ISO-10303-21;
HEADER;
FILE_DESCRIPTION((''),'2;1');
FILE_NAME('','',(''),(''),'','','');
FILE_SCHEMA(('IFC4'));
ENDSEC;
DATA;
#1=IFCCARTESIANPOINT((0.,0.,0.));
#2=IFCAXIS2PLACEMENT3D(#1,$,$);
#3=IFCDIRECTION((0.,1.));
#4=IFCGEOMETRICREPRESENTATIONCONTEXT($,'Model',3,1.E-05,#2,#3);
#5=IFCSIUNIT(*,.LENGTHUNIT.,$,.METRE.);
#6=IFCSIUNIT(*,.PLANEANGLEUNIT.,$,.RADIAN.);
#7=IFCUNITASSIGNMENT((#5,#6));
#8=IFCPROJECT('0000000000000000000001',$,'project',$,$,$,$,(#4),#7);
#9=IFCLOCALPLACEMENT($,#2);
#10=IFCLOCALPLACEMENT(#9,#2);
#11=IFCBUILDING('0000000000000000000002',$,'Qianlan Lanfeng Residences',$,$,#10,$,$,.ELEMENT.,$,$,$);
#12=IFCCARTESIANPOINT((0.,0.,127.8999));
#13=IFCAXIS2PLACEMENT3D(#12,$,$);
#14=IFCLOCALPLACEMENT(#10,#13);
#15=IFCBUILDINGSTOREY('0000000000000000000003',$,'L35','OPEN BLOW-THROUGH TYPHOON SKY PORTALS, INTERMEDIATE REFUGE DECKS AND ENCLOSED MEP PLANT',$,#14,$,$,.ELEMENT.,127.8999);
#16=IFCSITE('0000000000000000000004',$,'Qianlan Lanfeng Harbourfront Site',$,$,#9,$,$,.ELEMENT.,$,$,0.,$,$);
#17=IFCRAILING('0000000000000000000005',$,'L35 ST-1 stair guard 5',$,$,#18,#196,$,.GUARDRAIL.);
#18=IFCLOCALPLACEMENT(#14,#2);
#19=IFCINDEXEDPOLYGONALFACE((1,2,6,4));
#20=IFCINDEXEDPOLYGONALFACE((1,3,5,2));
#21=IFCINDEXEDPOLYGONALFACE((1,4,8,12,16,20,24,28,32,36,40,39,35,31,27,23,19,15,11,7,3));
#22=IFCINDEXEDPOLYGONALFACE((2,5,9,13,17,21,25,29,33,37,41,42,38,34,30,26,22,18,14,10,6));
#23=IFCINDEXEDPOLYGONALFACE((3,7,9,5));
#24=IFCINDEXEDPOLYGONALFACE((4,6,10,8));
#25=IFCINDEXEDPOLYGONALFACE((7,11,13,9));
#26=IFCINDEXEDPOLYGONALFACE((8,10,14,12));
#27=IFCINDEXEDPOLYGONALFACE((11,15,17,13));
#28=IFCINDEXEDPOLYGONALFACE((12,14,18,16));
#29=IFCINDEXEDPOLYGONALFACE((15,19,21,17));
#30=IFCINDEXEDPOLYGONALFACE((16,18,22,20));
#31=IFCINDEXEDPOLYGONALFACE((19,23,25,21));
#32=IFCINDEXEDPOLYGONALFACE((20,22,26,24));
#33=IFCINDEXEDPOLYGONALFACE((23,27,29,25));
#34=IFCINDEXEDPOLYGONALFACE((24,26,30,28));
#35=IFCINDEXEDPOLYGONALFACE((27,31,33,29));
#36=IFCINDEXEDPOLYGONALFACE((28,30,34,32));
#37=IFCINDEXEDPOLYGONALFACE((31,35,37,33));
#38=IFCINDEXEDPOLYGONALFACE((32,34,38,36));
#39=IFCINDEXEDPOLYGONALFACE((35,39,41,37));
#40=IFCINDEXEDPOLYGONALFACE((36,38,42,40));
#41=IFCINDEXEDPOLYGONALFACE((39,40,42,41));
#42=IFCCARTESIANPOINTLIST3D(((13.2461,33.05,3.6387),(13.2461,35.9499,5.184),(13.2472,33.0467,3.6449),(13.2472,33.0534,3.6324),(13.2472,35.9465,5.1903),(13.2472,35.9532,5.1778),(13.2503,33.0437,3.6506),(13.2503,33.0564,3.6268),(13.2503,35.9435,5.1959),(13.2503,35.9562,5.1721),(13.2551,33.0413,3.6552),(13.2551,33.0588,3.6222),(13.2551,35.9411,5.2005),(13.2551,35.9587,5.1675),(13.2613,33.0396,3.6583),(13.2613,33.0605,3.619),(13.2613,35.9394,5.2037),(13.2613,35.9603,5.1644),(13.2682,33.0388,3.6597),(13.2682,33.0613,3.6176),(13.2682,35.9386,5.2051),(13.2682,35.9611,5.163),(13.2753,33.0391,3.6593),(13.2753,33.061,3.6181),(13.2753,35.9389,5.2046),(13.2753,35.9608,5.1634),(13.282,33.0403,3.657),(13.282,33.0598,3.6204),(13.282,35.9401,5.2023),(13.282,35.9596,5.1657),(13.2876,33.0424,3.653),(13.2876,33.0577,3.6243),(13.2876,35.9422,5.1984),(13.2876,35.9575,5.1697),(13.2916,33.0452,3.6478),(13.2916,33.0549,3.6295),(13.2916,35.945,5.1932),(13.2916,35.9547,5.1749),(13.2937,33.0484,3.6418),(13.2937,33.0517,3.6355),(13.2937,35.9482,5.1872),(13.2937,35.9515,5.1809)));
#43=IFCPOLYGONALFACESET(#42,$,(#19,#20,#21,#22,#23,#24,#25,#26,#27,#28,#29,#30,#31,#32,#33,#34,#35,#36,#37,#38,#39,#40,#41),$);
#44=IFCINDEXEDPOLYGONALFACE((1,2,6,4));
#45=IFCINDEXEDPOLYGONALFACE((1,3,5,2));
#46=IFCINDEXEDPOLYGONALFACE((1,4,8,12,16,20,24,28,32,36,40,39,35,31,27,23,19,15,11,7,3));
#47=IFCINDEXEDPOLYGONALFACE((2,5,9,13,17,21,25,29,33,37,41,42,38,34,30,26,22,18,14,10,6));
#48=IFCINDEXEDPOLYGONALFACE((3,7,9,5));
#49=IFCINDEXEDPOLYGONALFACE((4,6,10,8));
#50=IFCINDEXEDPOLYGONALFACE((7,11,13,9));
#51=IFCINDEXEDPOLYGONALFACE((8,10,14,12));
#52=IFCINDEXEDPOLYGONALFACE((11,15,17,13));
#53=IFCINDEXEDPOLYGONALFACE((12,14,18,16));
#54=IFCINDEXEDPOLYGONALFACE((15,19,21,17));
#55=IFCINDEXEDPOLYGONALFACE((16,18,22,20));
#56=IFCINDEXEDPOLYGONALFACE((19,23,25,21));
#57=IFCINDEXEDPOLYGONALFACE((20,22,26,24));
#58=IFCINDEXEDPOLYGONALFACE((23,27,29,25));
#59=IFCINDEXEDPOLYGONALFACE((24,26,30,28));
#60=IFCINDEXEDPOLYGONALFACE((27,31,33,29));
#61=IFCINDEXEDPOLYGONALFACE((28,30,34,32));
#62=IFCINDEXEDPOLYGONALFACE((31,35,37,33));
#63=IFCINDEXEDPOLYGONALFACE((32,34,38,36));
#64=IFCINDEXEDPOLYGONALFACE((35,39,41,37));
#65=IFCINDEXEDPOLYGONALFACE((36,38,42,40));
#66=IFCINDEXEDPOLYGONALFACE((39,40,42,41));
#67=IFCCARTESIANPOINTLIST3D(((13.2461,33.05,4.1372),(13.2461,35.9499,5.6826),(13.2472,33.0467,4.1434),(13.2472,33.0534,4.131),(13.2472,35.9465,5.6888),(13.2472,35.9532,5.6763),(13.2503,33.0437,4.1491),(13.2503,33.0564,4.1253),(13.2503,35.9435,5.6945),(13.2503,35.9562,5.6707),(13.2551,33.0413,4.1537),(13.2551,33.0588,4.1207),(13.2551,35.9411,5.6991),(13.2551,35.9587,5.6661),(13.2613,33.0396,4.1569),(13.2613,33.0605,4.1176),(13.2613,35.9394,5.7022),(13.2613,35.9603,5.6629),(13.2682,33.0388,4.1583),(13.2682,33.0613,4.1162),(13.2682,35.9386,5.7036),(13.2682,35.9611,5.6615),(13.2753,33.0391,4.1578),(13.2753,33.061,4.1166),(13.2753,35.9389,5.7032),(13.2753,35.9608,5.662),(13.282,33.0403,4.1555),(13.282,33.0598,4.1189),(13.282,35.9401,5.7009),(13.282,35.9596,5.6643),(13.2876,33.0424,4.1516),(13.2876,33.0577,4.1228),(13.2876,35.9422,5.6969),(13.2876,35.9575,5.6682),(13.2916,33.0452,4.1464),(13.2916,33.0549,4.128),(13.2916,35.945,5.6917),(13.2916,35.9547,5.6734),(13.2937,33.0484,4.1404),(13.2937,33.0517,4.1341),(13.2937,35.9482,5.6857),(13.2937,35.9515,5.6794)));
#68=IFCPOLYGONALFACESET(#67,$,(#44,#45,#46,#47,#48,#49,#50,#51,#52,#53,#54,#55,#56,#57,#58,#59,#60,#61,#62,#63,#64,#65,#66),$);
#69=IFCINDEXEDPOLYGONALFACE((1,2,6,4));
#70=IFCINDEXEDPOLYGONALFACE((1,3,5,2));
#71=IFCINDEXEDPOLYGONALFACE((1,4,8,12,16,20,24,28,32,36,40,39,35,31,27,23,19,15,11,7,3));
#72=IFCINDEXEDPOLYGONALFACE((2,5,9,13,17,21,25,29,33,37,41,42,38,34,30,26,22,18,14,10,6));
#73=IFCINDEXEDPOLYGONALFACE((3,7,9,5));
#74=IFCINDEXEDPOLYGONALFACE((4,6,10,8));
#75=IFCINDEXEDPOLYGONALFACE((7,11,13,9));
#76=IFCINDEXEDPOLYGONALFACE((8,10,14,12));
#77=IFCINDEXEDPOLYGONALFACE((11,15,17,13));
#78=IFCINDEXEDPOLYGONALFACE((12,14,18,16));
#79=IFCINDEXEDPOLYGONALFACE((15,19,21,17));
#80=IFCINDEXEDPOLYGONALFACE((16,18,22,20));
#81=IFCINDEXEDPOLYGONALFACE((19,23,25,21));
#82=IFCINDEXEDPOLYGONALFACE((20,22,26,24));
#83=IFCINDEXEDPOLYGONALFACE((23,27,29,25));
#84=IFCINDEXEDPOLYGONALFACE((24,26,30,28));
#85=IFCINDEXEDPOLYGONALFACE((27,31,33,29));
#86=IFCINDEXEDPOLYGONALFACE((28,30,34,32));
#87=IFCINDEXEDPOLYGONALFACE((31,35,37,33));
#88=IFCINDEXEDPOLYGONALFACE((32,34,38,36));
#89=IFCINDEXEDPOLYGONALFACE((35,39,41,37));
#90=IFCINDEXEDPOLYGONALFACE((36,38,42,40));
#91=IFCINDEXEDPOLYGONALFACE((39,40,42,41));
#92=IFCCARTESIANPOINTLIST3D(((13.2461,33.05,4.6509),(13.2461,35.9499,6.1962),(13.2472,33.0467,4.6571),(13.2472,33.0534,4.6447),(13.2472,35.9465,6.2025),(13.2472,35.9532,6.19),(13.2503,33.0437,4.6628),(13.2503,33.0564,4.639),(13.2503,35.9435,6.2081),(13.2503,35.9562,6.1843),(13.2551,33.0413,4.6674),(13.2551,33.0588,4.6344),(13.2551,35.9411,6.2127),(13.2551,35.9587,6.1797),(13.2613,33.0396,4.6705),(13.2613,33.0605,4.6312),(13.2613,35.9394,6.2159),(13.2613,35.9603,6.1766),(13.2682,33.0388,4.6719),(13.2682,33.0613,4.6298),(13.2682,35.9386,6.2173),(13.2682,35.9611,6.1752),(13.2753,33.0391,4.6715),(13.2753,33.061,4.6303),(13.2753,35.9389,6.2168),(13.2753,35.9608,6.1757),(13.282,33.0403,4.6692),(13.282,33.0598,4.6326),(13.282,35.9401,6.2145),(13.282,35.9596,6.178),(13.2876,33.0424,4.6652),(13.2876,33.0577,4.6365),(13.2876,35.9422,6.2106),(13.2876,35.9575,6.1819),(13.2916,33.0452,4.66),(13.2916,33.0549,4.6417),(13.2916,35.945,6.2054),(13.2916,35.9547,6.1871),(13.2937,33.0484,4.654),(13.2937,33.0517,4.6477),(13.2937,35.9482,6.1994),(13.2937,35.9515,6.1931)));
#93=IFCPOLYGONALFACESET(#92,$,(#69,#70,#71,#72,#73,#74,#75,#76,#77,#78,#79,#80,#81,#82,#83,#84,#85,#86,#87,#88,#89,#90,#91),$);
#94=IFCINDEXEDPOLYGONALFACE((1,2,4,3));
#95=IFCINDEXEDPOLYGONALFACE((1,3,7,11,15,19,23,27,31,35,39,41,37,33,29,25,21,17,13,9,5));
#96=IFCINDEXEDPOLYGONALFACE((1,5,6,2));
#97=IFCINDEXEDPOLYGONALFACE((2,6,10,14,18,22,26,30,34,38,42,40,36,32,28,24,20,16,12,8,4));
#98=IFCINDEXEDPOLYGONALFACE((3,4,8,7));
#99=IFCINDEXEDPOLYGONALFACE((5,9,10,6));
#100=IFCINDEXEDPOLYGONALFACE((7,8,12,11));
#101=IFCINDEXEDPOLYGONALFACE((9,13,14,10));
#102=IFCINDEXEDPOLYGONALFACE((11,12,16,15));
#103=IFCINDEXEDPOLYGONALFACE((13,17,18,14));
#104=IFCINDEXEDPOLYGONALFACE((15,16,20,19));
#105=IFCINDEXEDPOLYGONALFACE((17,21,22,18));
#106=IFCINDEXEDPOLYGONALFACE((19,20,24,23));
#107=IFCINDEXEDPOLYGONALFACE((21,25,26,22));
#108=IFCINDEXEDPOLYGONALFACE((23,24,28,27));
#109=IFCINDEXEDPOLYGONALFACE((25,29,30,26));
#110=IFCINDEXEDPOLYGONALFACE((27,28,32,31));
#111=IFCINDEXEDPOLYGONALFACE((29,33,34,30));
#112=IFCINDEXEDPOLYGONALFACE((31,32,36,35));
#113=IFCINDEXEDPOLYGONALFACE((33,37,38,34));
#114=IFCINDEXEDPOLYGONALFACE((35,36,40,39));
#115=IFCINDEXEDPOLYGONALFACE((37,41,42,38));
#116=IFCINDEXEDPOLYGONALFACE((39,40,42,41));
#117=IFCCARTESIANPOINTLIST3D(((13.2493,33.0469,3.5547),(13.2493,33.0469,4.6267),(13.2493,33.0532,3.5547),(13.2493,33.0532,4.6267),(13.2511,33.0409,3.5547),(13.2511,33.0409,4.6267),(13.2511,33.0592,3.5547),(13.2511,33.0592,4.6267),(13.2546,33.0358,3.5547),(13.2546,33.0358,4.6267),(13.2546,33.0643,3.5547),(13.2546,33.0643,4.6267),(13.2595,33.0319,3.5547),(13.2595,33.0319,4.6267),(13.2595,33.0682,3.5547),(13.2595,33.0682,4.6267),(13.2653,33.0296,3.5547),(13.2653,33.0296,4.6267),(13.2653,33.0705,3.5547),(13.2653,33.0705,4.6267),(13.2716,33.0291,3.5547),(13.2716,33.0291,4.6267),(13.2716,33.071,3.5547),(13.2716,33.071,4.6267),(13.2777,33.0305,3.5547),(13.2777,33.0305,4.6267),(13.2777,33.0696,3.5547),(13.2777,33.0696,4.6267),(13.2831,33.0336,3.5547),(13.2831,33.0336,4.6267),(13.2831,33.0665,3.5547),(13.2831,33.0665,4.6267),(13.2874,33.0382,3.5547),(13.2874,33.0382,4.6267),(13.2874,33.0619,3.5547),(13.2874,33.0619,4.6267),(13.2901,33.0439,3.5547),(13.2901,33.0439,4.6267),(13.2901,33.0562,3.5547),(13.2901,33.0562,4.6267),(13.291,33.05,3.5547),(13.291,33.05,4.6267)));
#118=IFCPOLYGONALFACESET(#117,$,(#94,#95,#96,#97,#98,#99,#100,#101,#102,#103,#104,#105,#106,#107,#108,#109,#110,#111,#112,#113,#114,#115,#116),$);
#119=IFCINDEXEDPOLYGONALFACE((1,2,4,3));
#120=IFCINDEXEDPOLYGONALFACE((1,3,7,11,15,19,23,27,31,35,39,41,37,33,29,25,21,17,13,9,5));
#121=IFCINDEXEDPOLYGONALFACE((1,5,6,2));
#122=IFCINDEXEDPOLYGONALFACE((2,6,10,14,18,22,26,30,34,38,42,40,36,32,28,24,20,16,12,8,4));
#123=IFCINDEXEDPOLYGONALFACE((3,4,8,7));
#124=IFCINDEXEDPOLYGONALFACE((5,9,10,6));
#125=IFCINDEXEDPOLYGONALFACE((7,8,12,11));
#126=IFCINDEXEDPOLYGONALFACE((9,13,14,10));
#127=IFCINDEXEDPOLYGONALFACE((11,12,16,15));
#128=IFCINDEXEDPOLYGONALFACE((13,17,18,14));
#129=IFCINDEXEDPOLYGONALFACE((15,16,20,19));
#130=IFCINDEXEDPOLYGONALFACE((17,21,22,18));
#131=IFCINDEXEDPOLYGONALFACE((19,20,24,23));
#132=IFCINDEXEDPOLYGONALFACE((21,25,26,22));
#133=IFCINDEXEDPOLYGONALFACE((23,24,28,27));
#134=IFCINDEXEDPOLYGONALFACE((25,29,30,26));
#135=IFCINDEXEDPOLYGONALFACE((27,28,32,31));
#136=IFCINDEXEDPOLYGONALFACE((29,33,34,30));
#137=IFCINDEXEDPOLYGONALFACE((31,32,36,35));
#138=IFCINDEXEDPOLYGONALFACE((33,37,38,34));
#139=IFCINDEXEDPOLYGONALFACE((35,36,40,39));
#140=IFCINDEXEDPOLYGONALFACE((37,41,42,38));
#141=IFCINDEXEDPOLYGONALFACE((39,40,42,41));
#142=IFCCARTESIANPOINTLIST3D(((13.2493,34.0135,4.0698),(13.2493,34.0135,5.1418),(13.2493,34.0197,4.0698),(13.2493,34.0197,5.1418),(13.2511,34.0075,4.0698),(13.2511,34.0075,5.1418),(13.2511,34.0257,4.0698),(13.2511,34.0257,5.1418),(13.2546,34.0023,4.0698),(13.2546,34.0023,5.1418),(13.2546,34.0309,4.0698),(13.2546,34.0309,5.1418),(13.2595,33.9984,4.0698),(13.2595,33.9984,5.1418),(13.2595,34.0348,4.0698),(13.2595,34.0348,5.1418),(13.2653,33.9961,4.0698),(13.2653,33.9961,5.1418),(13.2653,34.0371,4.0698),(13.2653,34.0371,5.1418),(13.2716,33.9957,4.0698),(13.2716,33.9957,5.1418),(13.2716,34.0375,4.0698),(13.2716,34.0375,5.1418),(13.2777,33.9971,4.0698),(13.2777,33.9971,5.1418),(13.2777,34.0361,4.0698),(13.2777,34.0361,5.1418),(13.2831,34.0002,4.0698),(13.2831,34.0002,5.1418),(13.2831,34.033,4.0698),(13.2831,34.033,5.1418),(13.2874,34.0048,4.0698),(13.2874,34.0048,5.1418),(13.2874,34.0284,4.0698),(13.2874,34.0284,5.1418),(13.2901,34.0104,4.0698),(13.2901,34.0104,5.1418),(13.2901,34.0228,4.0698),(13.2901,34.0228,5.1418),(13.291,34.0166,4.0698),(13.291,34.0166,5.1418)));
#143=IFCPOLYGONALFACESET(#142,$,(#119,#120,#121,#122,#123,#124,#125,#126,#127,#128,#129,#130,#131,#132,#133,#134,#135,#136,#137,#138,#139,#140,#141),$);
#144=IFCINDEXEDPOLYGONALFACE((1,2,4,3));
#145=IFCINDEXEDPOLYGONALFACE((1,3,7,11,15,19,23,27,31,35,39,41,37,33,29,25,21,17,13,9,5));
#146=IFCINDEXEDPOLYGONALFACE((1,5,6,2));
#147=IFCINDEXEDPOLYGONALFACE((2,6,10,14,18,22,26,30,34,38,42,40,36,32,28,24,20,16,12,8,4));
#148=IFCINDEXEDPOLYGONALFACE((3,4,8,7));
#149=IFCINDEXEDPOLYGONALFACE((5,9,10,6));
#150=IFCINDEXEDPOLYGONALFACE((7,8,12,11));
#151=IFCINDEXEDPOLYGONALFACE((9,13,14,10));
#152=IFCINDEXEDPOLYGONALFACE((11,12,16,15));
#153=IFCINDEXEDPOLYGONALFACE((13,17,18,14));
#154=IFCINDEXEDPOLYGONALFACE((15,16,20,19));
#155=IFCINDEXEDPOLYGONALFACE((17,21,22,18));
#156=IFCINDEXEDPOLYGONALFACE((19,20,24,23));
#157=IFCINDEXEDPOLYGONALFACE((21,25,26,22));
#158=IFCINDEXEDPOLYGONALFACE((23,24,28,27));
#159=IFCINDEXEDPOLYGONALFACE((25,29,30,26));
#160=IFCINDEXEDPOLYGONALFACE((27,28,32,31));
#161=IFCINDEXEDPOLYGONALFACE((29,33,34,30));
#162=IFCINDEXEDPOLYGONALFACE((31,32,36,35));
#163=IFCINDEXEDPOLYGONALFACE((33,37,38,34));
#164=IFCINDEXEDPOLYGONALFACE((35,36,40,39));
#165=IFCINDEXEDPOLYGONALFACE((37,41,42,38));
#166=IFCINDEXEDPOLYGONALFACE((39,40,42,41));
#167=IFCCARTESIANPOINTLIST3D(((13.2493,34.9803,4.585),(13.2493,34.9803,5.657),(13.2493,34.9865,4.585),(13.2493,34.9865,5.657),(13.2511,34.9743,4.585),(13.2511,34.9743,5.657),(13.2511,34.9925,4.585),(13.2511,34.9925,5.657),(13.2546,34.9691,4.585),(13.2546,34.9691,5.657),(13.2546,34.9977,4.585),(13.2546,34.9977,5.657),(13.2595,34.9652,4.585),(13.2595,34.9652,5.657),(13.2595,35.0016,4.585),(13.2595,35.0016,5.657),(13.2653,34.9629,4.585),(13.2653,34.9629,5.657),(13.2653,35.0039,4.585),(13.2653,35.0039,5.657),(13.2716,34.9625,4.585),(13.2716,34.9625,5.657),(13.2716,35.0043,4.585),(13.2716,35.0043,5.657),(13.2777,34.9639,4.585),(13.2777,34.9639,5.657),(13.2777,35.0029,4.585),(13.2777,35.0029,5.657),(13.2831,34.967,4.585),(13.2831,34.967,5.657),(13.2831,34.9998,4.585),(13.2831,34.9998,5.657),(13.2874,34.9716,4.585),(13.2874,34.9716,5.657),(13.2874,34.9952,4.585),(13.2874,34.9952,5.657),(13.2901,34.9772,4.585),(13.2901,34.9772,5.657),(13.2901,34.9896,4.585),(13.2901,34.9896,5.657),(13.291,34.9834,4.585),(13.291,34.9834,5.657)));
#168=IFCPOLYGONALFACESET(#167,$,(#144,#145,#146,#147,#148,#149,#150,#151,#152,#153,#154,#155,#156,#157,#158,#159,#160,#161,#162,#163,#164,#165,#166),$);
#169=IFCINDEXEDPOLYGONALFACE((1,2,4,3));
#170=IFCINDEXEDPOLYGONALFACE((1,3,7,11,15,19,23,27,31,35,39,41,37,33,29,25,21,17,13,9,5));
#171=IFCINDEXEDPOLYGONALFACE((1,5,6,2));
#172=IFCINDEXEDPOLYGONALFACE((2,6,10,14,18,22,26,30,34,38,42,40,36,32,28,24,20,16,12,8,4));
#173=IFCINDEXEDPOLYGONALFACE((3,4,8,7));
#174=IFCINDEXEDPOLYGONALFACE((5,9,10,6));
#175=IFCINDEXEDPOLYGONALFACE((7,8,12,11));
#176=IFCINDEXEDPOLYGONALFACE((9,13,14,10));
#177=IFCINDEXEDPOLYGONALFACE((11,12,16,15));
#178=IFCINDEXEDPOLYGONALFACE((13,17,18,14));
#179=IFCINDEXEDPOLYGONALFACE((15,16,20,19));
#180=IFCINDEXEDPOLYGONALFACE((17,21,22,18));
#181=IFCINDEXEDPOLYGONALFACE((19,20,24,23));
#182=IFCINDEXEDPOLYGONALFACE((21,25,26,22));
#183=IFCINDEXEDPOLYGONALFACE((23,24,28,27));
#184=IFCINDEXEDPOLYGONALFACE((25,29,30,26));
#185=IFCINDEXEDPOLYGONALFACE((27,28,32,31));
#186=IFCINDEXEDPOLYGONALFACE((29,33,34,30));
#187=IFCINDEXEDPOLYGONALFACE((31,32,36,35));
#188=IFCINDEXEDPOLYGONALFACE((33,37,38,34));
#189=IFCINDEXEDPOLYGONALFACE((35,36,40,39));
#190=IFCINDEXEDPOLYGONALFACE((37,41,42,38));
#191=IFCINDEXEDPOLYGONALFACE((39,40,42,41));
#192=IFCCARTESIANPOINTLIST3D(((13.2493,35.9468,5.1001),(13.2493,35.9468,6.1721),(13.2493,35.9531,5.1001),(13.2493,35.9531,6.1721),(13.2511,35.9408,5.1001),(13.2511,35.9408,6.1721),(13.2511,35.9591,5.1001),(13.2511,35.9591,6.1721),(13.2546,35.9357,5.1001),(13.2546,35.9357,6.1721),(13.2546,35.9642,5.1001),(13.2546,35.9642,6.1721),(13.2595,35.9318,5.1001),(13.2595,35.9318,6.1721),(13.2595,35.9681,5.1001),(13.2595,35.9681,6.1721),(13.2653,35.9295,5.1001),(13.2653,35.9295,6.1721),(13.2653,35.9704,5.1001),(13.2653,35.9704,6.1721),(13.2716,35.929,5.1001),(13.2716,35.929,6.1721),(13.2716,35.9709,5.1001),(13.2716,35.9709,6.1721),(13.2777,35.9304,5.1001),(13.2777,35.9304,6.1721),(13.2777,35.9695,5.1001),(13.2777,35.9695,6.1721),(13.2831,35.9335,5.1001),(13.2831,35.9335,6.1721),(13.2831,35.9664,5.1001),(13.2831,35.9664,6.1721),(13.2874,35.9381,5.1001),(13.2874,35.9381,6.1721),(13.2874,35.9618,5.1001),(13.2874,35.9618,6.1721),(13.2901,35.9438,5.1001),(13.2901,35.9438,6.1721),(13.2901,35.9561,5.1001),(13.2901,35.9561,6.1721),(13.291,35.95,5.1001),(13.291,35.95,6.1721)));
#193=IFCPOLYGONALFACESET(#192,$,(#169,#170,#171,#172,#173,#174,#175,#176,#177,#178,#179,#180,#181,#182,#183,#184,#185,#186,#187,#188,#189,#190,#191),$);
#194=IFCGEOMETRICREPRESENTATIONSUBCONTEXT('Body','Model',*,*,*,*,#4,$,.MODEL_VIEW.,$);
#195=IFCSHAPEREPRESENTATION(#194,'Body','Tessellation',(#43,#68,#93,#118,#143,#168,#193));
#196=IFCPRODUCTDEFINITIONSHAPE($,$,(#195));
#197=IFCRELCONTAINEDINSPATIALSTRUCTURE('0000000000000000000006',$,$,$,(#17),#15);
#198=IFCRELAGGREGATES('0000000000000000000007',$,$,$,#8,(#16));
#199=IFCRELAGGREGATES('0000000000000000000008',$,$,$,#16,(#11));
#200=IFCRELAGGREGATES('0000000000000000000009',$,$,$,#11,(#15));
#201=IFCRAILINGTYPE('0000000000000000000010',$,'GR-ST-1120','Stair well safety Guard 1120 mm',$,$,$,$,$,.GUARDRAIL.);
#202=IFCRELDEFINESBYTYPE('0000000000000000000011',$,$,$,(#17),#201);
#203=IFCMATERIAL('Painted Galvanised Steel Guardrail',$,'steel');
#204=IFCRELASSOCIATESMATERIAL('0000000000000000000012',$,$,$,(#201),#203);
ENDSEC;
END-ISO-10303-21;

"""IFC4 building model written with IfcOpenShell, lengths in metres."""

from ifc_helpers import new_model, si_unit, direction, frame, origin, origin_2d, place, context, subcontext, project, spatial, circle, extrude, material, type_object, element, save


model = new_model("IFC4")

# Units and contexts
model_context = context("Model", 3, precision=1e-05, world=origin(), true_north=direction((0.0, 1.0)))
body_context = subcontext(model_context, "Body", "Model", "MODEL_VIEW")
ifc_project = project(units=[si_unit("LENGTHUNIT", "METRE"), si_unit("PLANEANGLEUNIT", "RADIAN")], contexts=[model_context])

# Site, building, storey
site_placement = place(None, origin())
site = spatial("IfcSite", under=ifc_project, at=site_placement, Name="Qianlan Lanfeng Harbourfront Site", CompositionType="ELEMENT", RefElevation=0.0)
building_placement = place(site_placement, origin())
building = spatial("IfcBuilding", under=site, at=building_placement, Name="Qianlan Lanfeng Residences", CompositionType="ELEMENT")
storey_placement = place(building_placement, frame((0.0, 0.0, 127.8999)))
storey = spatial("IfcBuildingStorey", under=building, at=storey_placement, Name="L35", Description="OPEN BLOW-THROUGH TYPHOON SKY PORTALS, INTERMEDIATE REFUGE DECKS AND ENCLOSED MEP PLANT", CompositionType="ELEMENT", Elevation=127.8999)

# Railing
ifc_material_1 = material(Name="Painted Galvanised Steel Guardrail", Category="steel")
railing_type_1 = type_object("IfcRailingType", Name="GR-ST-1120", Description="Stair well safety Guard 1120 mm", PredefinedType="GUARDRAIL", material=ifc_material_1)
railing_1_placement = place(storey_placement, frame((13.27, 33.05, 3.5547)))
element("IfcRailing", 1, at=railing_1_placement, inside=storey, type_object=railing_type_1, Name="L35 ST-1 stair guard 5", PredefinedType="GUARDRAIL", context=body_context, shape_type="SweptSolid", body=[
    extrude(circle(Radius=0.0239, at=origin_2d()), frame((0.0, 0.0, 0.084), z_axis=(0.0, 0.882505, 0.470303), x_axis=(-1.0, 0.0, 0.0)), (0.0, 0.0, 1.0), 3.2859),
    extrude(circle(Radius=0.0239, at=origin_2d()), frame((0.0, 0.0, 0.5825), z_axis=(0.0, 0.882505, 0.470303), x_axis=(-1.0, 0.0, 0.0)), (0.0, 0.0, 1.0), 3.2859),
    extrude(circle(Radius=0.0239, at=origin_2d()), frame((0.0, 0.0, 1.0962), z_axis=(0.0, 0.882505, 0.470303), x_axis=(-1.0, 0.0, 0.0)), (0.0, 0.0, 1.0), 3.2859),
    extrude(circle(Radius=0.021, at=origin_2d()), origin(), (0.0, 0.0, 1.0), 1.072),
    extrude(circle(Radius=0.021, at=origin_2d()), frame((0.0, 0.9666, 0.5151)), (0.0, 0.0, 1.0), 1.072),
    extrude(circle(Radius=0.021, at=origin_2d()), frame((0.0, 1.9333, 1.0303)), (0.0, 0.0, 1.0), 1.072),
    extrude(circle(Radius=0.021, at=origin_2d()), frame((0.0, 2.8999, 1.5454)), (0.0, 0.0, 1.0), 1.072),
])

save(model, "model.ifc")
